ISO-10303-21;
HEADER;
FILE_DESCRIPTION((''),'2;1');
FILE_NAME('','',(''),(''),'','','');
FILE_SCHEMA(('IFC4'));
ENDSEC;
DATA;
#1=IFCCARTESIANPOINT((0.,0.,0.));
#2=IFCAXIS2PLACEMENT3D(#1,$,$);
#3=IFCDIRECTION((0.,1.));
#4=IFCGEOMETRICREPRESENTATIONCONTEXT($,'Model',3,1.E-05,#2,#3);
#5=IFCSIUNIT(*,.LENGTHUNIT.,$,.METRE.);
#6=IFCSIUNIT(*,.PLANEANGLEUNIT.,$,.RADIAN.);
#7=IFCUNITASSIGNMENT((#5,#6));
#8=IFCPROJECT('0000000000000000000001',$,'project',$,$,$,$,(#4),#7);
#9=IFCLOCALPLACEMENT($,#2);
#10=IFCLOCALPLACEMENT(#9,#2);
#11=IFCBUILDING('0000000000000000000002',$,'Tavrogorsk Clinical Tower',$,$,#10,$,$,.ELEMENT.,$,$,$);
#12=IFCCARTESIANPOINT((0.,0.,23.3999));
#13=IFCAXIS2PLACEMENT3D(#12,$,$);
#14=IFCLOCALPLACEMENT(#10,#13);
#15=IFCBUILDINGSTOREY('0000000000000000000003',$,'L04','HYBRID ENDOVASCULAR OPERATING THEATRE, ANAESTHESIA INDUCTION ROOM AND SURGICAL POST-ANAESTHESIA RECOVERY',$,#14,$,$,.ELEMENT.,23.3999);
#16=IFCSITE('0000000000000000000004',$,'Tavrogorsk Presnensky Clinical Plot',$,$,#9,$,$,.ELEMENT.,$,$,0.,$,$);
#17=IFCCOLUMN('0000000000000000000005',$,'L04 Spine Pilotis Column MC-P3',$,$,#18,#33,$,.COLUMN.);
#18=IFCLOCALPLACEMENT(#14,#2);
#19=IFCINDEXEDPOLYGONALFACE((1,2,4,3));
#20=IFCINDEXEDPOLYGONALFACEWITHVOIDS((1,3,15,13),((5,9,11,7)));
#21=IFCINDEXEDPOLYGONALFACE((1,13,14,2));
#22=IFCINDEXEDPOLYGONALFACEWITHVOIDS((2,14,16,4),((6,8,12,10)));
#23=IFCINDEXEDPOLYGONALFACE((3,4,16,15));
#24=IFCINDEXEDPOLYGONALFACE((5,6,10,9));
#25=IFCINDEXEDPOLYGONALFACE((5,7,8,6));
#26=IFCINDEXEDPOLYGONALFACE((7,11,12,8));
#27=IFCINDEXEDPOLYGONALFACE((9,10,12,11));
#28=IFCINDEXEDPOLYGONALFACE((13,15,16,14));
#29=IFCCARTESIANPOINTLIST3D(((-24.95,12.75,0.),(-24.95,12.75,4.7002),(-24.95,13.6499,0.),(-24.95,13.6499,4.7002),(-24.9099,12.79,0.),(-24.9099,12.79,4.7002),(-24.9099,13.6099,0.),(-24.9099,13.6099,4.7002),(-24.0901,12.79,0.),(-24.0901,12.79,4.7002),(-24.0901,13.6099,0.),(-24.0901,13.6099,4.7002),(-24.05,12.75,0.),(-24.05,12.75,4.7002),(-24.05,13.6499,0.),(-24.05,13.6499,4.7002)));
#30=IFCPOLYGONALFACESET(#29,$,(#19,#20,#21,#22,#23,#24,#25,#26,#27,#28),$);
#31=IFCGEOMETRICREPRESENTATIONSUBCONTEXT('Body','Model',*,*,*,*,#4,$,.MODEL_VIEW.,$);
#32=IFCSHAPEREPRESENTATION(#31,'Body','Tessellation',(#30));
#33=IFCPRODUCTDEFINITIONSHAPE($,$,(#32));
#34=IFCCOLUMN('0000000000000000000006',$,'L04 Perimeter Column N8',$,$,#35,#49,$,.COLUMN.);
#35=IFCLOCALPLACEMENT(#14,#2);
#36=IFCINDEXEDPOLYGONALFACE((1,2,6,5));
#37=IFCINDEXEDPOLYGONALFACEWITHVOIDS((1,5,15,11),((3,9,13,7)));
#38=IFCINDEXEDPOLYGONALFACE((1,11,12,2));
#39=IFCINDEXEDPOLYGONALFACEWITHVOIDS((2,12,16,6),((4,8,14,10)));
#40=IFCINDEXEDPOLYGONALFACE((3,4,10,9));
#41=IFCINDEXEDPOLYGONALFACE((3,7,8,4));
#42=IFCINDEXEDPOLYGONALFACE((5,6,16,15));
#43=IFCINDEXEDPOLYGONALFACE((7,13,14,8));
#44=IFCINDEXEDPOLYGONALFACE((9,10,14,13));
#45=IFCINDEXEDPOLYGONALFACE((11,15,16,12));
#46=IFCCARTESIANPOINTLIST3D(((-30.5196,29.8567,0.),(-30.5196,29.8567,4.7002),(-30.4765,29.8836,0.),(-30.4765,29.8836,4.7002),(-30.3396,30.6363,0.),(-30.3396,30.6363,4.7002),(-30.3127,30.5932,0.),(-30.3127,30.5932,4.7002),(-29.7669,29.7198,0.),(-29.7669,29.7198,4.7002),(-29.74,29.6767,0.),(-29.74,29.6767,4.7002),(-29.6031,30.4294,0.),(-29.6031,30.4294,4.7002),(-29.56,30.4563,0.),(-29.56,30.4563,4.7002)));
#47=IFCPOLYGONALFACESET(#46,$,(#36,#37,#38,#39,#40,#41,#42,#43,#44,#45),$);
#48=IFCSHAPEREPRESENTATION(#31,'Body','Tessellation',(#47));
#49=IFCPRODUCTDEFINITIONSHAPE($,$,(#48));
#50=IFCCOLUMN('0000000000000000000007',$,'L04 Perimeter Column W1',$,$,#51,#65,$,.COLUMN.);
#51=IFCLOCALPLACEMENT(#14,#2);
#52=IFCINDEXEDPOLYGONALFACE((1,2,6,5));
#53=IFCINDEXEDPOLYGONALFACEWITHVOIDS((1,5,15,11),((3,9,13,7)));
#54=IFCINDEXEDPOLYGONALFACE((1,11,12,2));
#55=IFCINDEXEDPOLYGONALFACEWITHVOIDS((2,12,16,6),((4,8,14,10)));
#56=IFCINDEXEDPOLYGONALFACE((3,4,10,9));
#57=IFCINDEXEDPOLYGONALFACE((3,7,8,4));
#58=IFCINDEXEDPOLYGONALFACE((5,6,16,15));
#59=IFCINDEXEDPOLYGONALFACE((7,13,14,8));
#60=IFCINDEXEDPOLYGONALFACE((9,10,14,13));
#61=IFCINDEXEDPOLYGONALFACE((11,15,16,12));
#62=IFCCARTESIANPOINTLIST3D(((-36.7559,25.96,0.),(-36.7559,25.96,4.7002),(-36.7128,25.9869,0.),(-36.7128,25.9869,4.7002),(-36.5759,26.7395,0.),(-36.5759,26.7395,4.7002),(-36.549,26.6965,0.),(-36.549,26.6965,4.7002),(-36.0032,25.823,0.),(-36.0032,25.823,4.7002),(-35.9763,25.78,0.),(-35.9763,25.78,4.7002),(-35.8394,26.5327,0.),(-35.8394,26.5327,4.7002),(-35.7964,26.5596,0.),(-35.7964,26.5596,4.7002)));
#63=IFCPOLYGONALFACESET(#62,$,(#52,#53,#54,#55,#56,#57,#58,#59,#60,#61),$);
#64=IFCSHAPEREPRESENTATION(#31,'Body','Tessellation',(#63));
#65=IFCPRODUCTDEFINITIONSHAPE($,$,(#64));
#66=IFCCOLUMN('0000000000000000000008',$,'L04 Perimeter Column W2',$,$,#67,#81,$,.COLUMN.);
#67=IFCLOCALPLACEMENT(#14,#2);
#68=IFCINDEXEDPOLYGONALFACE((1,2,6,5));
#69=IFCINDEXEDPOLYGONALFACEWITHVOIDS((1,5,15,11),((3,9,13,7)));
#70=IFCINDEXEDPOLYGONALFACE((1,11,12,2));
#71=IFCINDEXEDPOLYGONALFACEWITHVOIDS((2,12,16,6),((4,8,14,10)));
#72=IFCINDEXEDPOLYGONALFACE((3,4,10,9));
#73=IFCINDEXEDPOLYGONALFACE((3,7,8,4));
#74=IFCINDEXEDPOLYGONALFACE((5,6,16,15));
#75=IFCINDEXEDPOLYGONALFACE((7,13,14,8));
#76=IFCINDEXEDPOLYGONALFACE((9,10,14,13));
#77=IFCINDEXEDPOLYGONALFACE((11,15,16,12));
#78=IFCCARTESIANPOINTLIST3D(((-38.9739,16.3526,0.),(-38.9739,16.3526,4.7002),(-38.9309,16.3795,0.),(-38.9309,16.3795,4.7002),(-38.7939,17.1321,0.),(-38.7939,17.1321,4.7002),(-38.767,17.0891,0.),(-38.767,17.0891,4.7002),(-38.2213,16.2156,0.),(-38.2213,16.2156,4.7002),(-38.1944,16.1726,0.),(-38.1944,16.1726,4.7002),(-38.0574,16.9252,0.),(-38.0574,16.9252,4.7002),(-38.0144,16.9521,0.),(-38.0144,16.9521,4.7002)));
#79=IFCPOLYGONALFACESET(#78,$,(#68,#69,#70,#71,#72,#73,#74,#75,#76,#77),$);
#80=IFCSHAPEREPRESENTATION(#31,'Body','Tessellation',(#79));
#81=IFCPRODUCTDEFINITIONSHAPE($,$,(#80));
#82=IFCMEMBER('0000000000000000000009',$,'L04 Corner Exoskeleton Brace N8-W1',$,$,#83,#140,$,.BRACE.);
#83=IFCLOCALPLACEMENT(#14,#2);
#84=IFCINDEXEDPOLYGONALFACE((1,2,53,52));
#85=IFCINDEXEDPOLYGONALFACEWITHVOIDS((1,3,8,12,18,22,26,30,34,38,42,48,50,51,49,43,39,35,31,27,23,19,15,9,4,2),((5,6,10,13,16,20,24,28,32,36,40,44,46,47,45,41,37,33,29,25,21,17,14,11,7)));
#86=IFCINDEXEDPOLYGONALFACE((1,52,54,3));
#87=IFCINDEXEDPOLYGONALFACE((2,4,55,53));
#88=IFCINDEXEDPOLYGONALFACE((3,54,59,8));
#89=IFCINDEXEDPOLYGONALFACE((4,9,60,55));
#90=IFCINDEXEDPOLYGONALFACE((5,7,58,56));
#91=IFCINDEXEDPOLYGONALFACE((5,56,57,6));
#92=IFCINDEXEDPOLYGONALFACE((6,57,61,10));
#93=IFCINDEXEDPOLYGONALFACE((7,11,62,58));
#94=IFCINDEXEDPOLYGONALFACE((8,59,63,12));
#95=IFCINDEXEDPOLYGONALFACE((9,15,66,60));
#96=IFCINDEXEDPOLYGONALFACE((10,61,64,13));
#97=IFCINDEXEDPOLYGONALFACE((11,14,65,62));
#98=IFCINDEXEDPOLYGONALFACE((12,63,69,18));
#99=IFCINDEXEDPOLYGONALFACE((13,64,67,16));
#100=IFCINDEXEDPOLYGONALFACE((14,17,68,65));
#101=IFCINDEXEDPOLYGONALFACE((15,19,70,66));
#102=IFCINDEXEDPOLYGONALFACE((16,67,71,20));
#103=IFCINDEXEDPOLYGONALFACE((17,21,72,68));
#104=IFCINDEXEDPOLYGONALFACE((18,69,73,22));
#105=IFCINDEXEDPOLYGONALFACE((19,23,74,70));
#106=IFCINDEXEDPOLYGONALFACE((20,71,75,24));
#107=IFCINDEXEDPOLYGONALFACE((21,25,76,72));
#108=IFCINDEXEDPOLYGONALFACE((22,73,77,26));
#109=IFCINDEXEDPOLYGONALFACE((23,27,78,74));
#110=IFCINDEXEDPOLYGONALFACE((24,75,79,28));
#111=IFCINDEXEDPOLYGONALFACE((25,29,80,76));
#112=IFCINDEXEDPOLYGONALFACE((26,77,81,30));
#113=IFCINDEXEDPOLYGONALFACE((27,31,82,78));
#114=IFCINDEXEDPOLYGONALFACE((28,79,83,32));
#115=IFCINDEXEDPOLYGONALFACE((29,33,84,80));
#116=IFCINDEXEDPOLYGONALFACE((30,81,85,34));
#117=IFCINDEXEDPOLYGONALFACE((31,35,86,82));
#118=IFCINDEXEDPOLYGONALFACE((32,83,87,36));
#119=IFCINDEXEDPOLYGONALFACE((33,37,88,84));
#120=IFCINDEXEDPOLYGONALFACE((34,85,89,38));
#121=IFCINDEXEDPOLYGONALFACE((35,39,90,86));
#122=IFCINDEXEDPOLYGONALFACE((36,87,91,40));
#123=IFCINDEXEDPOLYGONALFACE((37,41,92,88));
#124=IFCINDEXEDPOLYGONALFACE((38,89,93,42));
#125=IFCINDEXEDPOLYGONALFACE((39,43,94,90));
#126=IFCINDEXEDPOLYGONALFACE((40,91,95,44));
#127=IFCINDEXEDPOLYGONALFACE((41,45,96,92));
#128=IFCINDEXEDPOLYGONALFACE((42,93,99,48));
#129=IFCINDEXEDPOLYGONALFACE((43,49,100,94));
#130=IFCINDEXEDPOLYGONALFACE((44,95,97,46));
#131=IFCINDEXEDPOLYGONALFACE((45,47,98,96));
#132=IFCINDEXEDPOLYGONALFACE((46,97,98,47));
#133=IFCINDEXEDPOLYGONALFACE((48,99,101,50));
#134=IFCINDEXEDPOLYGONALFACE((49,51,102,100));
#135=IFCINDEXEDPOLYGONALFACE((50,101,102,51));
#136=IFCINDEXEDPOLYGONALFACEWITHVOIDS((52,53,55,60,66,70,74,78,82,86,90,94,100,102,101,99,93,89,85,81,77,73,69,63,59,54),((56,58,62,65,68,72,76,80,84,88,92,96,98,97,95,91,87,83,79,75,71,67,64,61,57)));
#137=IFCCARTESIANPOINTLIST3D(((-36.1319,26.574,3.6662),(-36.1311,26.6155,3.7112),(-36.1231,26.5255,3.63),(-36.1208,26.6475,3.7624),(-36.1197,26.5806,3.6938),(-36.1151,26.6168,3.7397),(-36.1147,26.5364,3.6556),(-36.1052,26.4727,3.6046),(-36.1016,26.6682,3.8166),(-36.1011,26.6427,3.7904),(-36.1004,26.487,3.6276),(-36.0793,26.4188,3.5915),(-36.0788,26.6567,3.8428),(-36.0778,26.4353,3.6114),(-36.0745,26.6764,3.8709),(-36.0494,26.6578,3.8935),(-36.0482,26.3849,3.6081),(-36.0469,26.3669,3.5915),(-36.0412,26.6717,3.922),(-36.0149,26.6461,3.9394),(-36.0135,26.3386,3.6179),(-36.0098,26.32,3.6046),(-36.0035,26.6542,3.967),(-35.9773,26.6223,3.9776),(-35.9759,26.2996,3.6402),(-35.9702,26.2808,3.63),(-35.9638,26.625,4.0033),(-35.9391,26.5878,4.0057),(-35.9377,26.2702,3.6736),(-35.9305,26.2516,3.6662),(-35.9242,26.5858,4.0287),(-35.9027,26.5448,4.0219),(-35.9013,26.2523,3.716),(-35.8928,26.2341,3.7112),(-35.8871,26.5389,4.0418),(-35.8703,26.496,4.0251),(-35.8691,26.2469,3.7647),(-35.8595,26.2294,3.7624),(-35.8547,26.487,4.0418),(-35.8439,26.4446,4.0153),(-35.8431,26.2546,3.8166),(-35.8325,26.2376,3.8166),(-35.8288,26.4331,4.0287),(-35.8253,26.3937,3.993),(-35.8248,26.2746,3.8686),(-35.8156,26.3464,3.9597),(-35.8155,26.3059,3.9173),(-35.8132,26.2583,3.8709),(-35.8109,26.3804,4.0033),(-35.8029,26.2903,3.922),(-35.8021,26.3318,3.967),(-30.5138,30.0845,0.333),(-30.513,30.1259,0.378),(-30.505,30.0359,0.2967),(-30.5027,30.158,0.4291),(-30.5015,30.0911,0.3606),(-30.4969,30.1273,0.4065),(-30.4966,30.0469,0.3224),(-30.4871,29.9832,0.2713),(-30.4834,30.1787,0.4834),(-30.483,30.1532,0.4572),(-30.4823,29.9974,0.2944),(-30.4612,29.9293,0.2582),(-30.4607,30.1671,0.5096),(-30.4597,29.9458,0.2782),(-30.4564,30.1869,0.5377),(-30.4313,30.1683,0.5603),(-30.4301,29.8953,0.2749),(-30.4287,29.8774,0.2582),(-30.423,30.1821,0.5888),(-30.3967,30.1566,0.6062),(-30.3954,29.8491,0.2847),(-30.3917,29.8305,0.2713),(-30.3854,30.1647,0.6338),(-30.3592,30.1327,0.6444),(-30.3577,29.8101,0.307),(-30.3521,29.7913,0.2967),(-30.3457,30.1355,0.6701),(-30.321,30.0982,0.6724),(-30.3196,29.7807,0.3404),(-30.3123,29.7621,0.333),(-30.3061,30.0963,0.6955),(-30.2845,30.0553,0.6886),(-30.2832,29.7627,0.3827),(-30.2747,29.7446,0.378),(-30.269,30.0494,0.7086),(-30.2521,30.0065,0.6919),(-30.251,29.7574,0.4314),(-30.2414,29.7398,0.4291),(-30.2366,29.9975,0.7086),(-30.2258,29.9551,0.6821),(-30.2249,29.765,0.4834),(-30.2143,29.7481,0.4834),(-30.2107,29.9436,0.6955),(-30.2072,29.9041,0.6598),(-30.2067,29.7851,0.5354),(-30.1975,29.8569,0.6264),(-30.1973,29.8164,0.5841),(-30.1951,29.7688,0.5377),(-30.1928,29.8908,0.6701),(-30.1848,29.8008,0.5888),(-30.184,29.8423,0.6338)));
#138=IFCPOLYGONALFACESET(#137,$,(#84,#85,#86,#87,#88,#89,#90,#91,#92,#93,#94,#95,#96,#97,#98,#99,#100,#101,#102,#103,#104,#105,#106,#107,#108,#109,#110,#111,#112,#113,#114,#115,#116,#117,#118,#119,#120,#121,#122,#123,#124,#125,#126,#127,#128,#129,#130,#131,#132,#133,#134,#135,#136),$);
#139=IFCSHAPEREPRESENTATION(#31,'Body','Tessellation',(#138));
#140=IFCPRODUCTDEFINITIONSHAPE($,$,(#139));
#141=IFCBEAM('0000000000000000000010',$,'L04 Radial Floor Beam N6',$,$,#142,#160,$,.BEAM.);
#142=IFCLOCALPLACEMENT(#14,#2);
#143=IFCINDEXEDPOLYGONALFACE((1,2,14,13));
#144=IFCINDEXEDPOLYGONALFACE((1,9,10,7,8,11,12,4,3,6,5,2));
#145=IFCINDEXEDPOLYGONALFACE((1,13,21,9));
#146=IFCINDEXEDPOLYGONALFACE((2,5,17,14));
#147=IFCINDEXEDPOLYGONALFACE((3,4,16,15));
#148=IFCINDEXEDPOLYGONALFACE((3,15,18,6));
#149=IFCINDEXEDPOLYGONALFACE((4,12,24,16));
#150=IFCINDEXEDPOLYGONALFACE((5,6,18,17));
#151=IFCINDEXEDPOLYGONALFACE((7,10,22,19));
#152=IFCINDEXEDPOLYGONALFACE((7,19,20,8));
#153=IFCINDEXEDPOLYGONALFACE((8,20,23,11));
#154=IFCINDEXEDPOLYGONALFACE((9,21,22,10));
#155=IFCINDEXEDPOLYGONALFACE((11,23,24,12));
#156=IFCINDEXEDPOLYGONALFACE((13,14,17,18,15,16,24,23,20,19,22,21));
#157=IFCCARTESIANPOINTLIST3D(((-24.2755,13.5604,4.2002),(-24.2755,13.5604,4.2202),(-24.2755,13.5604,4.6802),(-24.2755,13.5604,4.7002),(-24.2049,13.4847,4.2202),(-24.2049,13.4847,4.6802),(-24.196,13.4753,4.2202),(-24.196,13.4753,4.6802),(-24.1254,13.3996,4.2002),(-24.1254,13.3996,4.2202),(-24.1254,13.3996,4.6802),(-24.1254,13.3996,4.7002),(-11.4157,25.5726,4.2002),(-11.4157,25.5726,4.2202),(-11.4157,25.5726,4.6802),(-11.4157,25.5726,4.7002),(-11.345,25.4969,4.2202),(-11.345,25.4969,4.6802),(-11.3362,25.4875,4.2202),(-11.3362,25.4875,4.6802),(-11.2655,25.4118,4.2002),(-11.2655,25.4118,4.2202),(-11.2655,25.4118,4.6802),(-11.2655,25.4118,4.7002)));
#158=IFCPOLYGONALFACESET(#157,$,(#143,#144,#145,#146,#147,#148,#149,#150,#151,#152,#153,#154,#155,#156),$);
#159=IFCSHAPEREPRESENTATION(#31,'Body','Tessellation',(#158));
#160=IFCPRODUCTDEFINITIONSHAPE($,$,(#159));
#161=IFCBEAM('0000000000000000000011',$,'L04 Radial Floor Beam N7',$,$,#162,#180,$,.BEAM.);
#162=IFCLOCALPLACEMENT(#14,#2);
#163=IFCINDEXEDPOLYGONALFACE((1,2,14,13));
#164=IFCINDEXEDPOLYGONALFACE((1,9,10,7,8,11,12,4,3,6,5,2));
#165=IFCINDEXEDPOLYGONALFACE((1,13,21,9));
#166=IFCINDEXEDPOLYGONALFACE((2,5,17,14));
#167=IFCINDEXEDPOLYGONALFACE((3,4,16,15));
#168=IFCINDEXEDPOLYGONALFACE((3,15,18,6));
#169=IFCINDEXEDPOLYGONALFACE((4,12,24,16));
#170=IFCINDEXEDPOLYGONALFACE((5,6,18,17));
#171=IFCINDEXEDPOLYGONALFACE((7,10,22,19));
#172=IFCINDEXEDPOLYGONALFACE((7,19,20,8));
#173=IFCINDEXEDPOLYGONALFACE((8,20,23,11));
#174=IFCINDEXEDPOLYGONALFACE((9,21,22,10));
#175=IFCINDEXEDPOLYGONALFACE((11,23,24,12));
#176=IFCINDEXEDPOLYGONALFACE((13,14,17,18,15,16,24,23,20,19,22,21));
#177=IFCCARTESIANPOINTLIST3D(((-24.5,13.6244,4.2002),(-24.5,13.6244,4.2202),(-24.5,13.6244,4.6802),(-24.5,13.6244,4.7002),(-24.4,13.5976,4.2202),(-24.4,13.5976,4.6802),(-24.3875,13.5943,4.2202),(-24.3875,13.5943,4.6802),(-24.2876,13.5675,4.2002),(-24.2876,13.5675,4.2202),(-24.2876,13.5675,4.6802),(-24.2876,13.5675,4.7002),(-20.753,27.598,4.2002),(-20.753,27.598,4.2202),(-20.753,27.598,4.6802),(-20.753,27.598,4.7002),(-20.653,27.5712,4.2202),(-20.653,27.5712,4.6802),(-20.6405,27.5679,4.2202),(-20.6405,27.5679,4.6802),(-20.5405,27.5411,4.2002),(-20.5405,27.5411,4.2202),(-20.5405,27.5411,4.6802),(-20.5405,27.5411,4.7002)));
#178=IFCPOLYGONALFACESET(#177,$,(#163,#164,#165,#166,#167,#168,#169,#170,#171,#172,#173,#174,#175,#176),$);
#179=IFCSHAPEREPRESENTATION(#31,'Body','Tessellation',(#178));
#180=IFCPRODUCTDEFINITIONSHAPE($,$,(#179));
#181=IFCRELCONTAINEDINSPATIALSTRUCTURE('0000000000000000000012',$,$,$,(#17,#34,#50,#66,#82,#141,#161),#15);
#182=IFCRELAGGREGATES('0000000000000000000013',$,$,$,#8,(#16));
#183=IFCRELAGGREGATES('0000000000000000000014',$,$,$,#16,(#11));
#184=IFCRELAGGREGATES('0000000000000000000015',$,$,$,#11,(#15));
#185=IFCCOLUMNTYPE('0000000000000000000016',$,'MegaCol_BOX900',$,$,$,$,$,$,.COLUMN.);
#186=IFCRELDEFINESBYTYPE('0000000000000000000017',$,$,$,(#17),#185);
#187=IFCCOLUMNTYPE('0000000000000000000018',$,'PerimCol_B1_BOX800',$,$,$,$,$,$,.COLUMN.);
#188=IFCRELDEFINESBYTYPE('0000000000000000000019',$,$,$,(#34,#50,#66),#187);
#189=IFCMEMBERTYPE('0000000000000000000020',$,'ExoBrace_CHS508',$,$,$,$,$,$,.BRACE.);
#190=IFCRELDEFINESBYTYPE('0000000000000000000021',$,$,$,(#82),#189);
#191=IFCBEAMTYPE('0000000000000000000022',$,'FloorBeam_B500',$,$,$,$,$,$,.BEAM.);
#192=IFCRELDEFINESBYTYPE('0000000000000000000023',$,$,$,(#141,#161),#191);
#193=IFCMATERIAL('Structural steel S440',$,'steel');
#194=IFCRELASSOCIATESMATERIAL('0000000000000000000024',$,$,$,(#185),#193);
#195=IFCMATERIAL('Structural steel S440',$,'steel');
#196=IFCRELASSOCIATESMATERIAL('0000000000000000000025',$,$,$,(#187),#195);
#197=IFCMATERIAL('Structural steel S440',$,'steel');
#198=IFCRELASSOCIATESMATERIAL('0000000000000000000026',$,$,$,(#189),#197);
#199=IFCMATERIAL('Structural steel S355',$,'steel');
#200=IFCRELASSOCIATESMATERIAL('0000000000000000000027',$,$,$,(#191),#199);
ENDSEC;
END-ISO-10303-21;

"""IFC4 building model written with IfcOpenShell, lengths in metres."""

from ifc_helpers import new_model, si_unit, direction, frame, origin, origin_2d, place, context, subcontext, project, spatial, hollow_rectangle, hollow_circle, i_section, extrude, material, material_profile, profile_set, type_object, element, save


model = new_model("IFC4")

# Units and contexts
model_context = context("Model", 3, precision=1e-05, world=origin(), true_north=direction((0.0, 1.0)))
body_context = subcontext(model_context, "Body", "Model", "MODEL_VIEW")
ifc_project = project(units=[si_unit("LENGTHUNIT", "METRE"), si_unit("PLANEANGLEUNIT", "RADIAN")], contexts=[model_context])

# Site, building, storey
site_placement = place(None, origin())
site = spatial("IfcSite", under=ifc_project, at=site_placement, Name="Tavrogorsk Presnensky Clinical Plot", CompositionType="ELEMENT", RefElevation=0.0)
building_placement = place(site_placement, origin())
building = spatial("IfcBuilding", under=site, at=building_placement, Name="Tavrogorsk Clinical Tower", CompositionType="ELEMENT")
storey_placement = place(building_placement, frame((0.0, 0.0, 23.3999)))
storey = spatial("IfcBuildingStorey", under=building, at=storey_placement, Name="L04", Description="HYBRID ENDOVASCULAR OPERATING THEATRE, ANAESTHESIA INDUCTION ROOM AND SURGICAL POST-ANAESTHESIA RECOVERY", CompositionType="ELEMENT", Elevation=23.3999)

# Columns
ifc_material_1 = material(Name="Structural steel S440", Category="steel")
ifc_material_profile_1 = material_profile(ifc_material_1, hollow_rectangle(XDim=0.8999, YDim=0.8999, WallThickness=0.04, at=origin_2d()), Name="BOX-900x900x40")
ifc_profile_set_1 = profile_set([ifc_material_profile_1], Name="Structural steel S440")
column_type_1 = type_object("IfcColumnType", Name="MegaCol_BOX900", PredefinedType="COLUMN", material=ifc_profile_set_1)
column_placement = place(storey_placement, frame((-24.5, 13.2, 0.0), z_axis=(0.0, 0.0, 1.0), x_axis=(1.0, 0.0, 0.0)))
element("IfcColumn", 1, at=column_placement, inside=storey, type_object=column_type_1, Name="L04 Spine Pilotis Column MC-P3", PredefinedType="COLUMN", context=body_context, shape_type="SweptSolid", body=[
    extrude(hollow_rectangle(XDim=0.8999, YDim=0.8999, WallThickness=0.04, at=origin_2d()), origin(), (0.0, 0.0, 1.0), 4.7002),
])
ifc_material_2 = material(Name="Structural steel S440", Category="steel")
ifc_material_profile_2 = material_profile(ifc_material_2, hollow_rectangle(XDim=0.8, YDim=0.8, WallThickness=0.0359, at=origin_2d()), Name="BOX-800x800x36")
ifc_profile_set_2 = profile_set([ifc_material_profile_2], Name="Structural steel S440")
column_type_2 = type_object("IfcColumnType", Name="PerimCol_B1_BOX800", PredefinedType="COLUMN", material=ifc_profile_set_2)
for number, where, z_axis, x_axis, name in (
    (2, (-30.0398, 30.1565, 0.0), (0.0, 0.0, 1.0), (0.97437, -0.224951, 0.0), "L04 Perimeter Column N8"),
    (3, (-36.2761, 26.2598, 0.0), (0.0, 0.0, 1.0), (0.97437, -0.224951, 0.0), "L04 Perimeter Column W1"),
    (4, (-38.4941, 16.6523, 0.0), (0.0, 0.0, 1.0), (0.97437, -0.224951, 0.0), "L04 Perimeter Column W2"),
):
    element("IfcColumn", number, at=place(storey_placement, frame(where, z_axis=z_axis, x_axis=x_axis)), inside=storey, type_object=column_type_2, Name=name, PredefinedType="COLUMN", context=body_context, shape_type="SweptSolid", body=[
        extrude(hollow_rectangle(XDim=0.8, YDim=0.8, WallThickness=0.0359, at=origin_2d()), origin(), (0.0, 0.0, 1.0), 4.7002),
    ])

# Member
ifc_material_3 = material(Name="Structural steel S440", Category="steel")
ifc_material_profile_3 = material_profile(ifc_material_3, hollow_circle(Radius=0.2539, WallThickness=0.02, at=origin_2d()), Name="CHS-508x20")
ifc_profile_set_3 = profile_set([ifc_material_profile_3], Name="Structural steel S440")
member_type_1 = type_object("IfcMemberType", Name="ExoBrace_CHS508", PredefinedType="BRACE", material=ifc_profile_set_3)
member_1_placement = place(storey_placement, frame((-30.3489, 29.9634, 0.4834), z_axis=(-0.757567, -0.473364, 0.449464), x_axis=(0.529906, -0.848056, 0.0)))
element("IfcMember", 5, at=member_1_placement, inside=storey, type_object=member_type_1, Name="L04 Corner Exoskeleton Brace N8-W1", PredefinedType="BRACE", context=body_context, shape_type="SweptSolid", body=[
    extrude(hollow_circle(Radius=0.2539, WallThickness=0.02, at=origin_2d()), origin(), (0.0, 0.0, 1.0), 7.416),
])

# Beams
ifc_material_4 = material(Name="Structural steel S355", Category="steel")
ifc_material_profile_4 = material_profile(ifc_material_4, i_section(OverallWidth=0.22, OverallDepth=0.5, WebThickness=0.0129, FlangeThickness=0.02, at=origin_2d()), Name="B-500x220x13x20")
ifc_profile_set_4 = profile_set([ifc_material_profile_4], Name="Structural steel S355")
beam_type_1 = type_object("IfcBeamType", Name="FloorBeam_B500", PredefinedType="BEAM", material=ifc_profile_set_4)
beam_1_placement = place(storey_placement, frame((-24.2004, 13.48, 4.4502), z_axis=(0.730781, 0.682612, 0.0), x_axis=(-0.682612, 0.730781, 0.0)))
element("IfcBeam", 6, at=beam_1_placement, inside=storey, type_object=beam_type_1, Name="L04 Radial Floor Beam N6", PredefinedType="BEAM", context=body_context, shape_type="SweptSolid", body=[
    extrude(i_section(OverallWidth=0.22, OverallDepth=0.5, WebThickness=0.0129, FlangeThickness=0.02, at=origin_2d()), origin(), (0.0, 0.0, 1.0), 17.5974),
])
beam_2_placement = place(storey_placement, frame((-24.3938, 13.5959, 4.4502), z_axis=(0.259003, 0.965877, 0.0), x_axis=(-0.965877, 0.259003, 0.0)))
element("IfcBeam", 7, at=beam_2_placement, inside=storey, type_object=beam_type_1, Name="L04 Radial Floor Beam N7", PredefinedType="BEAM", context=body_context, shape_type="SweptSolid", body=[
    extrude(i_section(OverallWidth=0.22, OverallDepth=0.5, WebThickness=0.0129, FlangeThickness=0.02, at=origin_2d()), origin(), (0.0, 0.0, 1.0), 14.4673),
])

save(model, "model.ifc")
